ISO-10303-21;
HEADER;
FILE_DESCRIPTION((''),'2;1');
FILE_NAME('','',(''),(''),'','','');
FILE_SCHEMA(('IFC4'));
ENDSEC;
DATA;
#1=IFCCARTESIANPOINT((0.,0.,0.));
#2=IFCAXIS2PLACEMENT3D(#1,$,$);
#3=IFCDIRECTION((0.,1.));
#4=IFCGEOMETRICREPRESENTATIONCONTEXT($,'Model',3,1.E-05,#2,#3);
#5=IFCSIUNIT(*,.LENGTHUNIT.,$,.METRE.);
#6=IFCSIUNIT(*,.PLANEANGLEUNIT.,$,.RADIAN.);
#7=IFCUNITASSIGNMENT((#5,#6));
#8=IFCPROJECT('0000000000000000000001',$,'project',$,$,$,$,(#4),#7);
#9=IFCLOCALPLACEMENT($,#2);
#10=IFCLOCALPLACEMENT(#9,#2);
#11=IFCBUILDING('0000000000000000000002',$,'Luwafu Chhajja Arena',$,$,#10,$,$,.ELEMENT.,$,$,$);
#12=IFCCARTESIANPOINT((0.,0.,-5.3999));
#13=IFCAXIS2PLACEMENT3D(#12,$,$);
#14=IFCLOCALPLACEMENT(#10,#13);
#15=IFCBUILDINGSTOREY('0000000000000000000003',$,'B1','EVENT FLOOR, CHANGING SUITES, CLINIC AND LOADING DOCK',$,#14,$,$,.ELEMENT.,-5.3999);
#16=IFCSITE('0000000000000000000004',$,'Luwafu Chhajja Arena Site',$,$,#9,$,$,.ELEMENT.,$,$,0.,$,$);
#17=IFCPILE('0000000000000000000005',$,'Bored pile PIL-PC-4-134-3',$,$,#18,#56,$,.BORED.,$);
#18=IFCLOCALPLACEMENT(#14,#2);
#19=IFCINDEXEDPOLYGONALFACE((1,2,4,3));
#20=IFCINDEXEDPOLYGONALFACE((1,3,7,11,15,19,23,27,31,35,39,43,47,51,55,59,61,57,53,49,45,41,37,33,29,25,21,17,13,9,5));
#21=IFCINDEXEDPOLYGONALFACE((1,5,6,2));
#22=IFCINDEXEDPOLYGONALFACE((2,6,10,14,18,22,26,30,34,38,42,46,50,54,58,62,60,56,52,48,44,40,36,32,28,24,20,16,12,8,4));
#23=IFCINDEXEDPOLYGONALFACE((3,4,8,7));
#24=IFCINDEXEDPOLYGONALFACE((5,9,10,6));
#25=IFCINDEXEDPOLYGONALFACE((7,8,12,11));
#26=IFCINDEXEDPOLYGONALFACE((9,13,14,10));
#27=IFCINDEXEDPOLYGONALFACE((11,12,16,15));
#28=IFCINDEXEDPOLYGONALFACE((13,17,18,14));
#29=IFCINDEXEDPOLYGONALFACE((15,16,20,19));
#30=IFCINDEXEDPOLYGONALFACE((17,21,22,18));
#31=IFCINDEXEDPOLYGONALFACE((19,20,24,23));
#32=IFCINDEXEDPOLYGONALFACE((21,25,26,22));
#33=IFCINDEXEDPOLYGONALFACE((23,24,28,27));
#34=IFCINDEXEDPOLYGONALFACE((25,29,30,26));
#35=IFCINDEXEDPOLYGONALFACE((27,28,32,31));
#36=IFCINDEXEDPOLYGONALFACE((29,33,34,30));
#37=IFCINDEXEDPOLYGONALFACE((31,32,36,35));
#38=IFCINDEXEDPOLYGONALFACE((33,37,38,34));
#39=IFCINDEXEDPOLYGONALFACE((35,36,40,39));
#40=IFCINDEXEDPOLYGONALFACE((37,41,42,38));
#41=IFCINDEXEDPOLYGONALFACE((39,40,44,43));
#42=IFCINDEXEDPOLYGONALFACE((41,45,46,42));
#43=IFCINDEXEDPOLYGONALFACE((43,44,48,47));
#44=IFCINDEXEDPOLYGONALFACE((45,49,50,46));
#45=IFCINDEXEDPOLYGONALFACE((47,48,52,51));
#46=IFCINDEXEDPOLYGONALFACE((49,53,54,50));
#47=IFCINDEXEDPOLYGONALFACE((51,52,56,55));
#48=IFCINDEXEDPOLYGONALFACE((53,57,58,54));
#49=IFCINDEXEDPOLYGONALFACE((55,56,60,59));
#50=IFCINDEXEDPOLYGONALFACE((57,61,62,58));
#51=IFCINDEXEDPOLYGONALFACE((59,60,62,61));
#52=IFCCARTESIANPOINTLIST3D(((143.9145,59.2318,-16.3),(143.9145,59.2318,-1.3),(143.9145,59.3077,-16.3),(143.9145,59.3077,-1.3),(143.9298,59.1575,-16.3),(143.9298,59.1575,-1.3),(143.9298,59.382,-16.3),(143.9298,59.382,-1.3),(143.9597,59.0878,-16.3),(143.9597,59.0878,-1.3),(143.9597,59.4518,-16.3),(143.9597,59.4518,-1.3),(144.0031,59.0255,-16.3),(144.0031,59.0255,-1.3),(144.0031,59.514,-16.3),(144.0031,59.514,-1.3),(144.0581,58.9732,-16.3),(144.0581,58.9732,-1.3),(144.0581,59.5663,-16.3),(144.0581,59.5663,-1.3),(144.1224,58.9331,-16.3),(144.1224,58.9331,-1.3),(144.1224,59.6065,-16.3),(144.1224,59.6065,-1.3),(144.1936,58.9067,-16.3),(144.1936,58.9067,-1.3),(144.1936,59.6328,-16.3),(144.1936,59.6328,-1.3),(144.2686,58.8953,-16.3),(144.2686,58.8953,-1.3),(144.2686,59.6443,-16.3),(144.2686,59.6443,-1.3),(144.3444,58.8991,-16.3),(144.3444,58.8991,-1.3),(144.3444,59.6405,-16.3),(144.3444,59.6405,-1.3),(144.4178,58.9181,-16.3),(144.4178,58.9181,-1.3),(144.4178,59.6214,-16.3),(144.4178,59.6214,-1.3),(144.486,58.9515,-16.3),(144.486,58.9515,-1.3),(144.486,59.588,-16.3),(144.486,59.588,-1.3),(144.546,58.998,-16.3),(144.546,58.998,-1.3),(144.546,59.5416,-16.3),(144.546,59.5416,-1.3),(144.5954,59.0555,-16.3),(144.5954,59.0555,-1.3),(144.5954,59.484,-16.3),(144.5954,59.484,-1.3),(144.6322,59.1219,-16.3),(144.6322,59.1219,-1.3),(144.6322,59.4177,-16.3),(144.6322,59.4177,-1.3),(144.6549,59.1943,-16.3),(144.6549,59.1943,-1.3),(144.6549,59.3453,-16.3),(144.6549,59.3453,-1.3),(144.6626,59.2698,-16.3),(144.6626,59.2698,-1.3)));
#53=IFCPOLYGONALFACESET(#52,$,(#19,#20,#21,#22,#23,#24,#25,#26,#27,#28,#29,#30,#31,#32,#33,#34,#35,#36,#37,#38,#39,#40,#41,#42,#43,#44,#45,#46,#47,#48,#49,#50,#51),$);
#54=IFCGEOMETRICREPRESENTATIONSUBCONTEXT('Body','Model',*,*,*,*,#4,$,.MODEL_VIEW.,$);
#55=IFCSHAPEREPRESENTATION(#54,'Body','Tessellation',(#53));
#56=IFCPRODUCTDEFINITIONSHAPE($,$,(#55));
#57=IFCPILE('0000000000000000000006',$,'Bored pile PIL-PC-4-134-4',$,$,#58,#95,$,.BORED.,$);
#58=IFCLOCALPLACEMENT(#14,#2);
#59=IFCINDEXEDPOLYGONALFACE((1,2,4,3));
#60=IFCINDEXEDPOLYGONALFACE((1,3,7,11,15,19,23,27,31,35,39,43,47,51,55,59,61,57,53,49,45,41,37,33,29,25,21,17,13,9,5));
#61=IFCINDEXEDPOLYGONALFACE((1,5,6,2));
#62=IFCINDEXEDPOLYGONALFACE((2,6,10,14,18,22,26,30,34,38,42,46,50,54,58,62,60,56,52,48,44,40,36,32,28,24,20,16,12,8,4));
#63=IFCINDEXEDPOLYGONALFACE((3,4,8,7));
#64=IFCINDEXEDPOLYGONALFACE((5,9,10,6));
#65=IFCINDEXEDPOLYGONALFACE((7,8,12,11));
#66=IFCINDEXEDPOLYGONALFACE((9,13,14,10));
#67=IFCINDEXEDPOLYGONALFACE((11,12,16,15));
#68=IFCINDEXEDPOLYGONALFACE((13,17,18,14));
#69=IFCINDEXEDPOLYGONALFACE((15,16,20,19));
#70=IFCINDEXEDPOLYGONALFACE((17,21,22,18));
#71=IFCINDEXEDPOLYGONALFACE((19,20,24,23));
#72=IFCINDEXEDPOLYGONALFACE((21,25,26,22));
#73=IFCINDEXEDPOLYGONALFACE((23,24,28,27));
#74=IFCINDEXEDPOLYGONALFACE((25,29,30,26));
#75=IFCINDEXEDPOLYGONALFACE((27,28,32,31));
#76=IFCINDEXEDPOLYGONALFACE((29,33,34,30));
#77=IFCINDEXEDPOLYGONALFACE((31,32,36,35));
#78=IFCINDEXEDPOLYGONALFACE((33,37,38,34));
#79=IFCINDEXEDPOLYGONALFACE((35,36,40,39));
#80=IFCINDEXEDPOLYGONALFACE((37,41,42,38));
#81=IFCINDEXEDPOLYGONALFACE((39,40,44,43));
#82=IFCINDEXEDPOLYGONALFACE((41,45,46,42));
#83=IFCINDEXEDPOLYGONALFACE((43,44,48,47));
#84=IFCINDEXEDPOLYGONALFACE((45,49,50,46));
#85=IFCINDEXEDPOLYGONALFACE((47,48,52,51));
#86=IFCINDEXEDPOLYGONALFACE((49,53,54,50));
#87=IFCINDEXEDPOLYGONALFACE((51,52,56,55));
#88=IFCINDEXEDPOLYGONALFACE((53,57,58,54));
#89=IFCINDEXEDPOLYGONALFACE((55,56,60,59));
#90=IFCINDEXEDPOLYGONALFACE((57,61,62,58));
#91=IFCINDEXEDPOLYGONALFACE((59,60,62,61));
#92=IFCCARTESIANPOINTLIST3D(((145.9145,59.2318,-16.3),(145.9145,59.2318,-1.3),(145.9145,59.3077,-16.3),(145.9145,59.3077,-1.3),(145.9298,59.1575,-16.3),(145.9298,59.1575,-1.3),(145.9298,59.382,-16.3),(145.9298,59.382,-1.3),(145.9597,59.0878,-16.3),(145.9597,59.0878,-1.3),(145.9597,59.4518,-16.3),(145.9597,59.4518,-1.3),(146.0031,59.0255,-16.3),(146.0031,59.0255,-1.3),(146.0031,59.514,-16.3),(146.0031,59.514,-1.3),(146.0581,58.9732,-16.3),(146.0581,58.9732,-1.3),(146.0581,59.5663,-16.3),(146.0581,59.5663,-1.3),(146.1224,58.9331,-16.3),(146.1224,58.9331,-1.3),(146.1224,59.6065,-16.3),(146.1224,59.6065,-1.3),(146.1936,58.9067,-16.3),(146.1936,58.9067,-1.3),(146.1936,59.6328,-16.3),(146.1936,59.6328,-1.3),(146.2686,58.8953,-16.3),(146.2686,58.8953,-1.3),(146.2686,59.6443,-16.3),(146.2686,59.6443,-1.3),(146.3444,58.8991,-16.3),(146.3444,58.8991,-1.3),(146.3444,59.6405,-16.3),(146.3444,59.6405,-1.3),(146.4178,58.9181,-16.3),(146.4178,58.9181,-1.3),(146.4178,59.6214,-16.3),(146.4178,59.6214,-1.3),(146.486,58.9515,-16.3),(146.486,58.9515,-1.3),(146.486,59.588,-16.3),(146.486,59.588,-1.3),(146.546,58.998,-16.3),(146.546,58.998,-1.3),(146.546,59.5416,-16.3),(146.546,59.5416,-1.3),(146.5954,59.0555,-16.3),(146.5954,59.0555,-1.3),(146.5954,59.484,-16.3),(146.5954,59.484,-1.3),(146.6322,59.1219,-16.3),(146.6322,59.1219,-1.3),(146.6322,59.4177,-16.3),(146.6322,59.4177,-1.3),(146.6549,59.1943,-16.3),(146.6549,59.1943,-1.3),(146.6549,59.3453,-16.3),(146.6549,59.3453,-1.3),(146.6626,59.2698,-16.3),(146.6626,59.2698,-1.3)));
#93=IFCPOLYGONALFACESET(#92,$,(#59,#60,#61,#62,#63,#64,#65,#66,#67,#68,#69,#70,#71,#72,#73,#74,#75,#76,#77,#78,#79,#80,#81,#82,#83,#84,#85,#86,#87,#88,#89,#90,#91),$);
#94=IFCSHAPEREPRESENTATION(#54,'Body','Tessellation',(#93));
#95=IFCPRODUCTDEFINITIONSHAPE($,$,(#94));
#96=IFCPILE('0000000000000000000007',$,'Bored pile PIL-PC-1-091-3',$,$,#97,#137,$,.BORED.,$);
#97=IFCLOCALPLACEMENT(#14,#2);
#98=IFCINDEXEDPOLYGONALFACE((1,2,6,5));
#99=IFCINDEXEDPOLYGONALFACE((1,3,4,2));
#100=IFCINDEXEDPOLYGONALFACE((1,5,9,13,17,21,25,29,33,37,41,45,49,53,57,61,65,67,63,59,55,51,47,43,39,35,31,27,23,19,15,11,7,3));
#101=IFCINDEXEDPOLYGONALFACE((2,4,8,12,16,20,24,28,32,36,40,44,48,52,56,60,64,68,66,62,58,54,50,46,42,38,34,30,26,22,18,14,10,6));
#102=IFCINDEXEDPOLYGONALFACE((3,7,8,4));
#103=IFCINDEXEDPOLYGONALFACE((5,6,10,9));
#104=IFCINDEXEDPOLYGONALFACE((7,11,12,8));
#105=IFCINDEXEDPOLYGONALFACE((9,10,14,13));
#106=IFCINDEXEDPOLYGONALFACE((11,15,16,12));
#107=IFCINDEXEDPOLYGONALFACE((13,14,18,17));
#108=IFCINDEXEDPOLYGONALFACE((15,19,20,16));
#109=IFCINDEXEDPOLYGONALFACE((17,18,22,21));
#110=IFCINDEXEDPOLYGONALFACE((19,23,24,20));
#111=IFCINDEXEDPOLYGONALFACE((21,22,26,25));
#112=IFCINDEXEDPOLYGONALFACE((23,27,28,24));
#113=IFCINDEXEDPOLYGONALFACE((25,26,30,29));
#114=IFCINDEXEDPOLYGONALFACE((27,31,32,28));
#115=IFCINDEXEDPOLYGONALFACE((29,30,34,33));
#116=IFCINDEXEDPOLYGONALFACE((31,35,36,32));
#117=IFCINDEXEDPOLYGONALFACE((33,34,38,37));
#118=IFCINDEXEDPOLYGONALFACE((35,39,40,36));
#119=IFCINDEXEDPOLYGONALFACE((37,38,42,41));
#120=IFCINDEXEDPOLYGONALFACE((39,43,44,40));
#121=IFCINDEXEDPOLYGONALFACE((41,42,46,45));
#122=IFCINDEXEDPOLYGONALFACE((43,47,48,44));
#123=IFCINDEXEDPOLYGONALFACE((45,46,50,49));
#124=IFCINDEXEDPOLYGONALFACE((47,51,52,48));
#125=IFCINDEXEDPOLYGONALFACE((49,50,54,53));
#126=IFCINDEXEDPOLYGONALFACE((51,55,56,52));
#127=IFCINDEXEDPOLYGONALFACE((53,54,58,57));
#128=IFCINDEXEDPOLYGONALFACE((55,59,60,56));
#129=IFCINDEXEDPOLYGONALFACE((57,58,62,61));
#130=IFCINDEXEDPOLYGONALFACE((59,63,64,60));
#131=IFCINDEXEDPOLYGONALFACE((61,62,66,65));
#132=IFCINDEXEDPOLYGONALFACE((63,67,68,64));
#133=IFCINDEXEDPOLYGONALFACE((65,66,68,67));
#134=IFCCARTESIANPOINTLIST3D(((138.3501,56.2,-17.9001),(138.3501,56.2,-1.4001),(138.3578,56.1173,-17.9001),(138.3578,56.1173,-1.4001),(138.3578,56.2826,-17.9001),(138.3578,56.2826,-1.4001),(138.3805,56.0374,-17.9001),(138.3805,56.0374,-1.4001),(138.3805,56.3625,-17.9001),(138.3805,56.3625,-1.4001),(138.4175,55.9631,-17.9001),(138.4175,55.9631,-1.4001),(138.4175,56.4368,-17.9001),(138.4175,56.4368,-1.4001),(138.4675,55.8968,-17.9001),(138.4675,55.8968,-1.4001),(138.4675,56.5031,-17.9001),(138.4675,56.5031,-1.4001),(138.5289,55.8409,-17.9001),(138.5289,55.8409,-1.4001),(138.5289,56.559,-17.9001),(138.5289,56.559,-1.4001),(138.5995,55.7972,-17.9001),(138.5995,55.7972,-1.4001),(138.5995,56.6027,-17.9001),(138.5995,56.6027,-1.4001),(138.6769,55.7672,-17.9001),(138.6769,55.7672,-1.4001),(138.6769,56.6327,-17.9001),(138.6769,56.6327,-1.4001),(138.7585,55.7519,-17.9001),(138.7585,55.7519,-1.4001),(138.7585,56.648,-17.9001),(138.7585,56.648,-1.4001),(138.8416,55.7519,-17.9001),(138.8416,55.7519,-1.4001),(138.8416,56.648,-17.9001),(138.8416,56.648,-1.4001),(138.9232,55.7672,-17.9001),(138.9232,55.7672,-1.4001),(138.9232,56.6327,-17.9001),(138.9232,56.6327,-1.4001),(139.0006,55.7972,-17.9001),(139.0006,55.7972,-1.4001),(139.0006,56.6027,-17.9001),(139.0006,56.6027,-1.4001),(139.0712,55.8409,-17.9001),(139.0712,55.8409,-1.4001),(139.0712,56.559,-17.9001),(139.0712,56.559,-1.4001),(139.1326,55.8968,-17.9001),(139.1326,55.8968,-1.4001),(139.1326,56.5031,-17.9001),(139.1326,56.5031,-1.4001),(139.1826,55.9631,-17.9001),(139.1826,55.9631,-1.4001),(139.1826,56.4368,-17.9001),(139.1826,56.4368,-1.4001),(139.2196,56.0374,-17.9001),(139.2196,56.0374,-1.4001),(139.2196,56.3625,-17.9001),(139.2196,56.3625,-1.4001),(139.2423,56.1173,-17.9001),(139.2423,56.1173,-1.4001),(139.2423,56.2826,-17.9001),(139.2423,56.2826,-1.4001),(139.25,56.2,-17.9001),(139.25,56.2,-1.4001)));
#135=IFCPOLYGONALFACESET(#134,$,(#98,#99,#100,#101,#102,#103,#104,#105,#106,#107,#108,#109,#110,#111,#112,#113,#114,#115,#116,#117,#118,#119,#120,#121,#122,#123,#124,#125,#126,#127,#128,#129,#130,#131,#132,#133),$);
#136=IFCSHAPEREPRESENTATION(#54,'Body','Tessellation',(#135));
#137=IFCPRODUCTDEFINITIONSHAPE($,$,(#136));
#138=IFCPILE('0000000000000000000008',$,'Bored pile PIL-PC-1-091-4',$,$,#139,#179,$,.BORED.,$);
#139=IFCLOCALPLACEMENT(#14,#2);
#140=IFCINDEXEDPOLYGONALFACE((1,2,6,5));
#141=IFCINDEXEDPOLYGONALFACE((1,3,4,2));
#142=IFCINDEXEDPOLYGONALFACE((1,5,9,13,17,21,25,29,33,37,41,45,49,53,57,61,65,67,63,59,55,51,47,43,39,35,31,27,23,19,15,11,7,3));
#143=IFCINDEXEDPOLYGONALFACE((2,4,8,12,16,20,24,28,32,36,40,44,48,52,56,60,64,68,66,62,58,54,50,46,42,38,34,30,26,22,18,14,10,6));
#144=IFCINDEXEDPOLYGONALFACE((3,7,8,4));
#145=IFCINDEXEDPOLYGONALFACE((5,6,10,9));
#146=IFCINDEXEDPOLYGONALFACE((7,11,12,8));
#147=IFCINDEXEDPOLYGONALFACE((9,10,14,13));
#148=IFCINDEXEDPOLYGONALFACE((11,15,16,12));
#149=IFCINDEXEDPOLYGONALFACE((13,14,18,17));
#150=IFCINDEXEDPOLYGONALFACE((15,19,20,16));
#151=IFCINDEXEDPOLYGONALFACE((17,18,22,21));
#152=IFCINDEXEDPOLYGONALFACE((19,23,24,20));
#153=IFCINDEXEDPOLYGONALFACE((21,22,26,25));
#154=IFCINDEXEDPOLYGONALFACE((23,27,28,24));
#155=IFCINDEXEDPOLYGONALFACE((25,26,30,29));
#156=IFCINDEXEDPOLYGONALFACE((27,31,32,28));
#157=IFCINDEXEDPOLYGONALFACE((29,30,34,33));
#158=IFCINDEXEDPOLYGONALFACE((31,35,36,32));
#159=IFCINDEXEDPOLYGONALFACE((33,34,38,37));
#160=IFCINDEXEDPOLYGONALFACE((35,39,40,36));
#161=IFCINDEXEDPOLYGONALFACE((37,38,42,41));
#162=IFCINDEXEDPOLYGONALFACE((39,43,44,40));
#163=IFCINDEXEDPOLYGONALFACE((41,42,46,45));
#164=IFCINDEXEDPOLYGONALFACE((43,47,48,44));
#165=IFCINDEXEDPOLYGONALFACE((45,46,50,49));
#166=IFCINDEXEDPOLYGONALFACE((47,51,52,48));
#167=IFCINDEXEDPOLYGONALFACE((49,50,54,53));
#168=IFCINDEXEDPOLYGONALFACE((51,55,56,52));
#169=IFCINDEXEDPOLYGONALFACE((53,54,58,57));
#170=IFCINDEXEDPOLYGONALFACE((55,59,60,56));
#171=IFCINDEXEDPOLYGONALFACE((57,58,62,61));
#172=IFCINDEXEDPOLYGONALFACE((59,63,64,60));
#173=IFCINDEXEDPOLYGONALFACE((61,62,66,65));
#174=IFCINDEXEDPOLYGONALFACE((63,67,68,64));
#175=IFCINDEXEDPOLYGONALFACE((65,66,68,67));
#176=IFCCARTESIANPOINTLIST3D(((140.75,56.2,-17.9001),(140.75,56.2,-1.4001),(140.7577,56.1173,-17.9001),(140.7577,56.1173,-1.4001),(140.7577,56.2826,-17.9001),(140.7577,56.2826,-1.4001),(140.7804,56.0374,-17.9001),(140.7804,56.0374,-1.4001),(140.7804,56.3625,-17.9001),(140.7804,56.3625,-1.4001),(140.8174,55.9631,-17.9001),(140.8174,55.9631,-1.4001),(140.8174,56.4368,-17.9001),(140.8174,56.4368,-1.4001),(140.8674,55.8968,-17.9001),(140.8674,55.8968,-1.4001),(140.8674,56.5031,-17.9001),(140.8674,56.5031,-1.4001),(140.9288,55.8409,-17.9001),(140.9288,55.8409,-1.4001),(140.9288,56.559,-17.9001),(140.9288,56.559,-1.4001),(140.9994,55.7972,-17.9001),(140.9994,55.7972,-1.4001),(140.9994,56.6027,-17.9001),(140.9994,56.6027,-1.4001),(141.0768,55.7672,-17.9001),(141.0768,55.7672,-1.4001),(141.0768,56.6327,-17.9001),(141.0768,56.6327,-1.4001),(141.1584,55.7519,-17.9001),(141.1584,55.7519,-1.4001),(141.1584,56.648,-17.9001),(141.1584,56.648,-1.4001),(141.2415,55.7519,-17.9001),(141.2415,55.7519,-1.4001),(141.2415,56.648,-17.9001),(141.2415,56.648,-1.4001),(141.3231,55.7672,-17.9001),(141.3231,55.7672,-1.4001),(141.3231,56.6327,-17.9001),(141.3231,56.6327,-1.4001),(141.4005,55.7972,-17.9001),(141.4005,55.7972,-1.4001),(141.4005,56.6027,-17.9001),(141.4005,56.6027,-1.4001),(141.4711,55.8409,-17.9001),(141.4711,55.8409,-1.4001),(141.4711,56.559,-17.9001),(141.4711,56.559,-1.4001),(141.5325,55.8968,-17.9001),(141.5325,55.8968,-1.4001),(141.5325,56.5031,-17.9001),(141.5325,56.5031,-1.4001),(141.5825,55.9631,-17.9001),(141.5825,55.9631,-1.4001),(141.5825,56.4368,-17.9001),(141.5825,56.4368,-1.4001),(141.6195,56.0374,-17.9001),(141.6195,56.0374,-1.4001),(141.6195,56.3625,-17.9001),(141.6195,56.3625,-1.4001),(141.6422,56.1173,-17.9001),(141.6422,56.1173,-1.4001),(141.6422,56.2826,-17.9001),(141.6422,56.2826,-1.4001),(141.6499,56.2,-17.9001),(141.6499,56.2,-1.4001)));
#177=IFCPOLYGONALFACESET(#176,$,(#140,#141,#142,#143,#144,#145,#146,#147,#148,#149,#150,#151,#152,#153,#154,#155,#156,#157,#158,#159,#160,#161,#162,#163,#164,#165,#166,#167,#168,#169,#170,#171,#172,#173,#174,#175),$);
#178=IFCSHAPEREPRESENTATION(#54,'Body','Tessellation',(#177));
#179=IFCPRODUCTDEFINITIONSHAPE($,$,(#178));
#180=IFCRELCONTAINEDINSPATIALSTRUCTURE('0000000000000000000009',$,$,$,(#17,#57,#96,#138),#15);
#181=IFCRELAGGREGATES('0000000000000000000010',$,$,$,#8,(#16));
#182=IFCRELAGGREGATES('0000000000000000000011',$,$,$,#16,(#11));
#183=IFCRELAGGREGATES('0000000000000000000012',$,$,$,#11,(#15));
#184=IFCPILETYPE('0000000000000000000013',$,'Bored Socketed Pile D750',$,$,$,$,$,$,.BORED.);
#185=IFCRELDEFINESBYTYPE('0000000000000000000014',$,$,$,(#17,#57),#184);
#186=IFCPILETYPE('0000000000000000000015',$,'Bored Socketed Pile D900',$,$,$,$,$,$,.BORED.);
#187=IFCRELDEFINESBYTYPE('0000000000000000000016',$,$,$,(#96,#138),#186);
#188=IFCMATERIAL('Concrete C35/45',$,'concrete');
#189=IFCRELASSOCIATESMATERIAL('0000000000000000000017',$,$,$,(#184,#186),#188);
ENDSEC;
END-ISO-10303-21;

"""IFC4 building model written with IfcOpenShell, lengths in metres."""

from ifc_helpers import new_model, si_unit, direction, frame, origin, origin_2d, place, context, subcontext, project, spatial, circle, extrude, material, material_profile, profile_set, type_object, element, save


model = new_model("IFC4")

# Units and contexts
model_context = context("Model", 3, precision=1e-05, world=origin(), true_north=direction((0.0, 1.0)))
body_context = subcontext(model_context, "Body", "Model", "MODEL_VIEW")
ifc_project = project(units=[si_unit("LENGTHUNIT", "METRE"), si_unit("PLANEANGLEUNIT", "RADIAN")], contexts=[model_context])

# Site, building, storey
site_placement = place(None, origin())
site = spatial("IfcSite", under=ifc_project, at=site_placement, Name="Luwafu Chhajja Arena Site", CompositionType="ELEMENT", RefElevation=0.0)
building_placement = place(site_placement, origin())
building = spatial("IfcBuilding", under=site, at=building_placement, Name="Luwafu Chhajja Arena", CompositionType="ELEMENT")
storey_placement = place(building_placement, frame((0.0, 0.0, -5.3999)))
storey = spatial("IfcBuildingStorey", under=building, at=storey_placement, Name="B1", Description="EVENT FLOOR, CHANGING SUITES, CLINIC AND LOADING DOCK", CompositionType="ELEMENT", Elevation=-5.3999)

# Shared definitions
ifc_material_1 = material(Name="Concrete C35/45", Category="concrete")

# Piles
ifc_material_profile_1 = material_profile(ifc_material_1, circle(Radius=0.375, at=origin_2d()), Name="PILE D750")
ifc_profile_set_1 = profile_set([ifc_material_profile_1], Name="Concrete C35/45")
pile_type_1 = type_object("IfcPileType", Name="Bored Socketed Pile D750", PredefinedType="BORED", material=ifc_profile_set_1)
for number, where, z_axis, x_axis, name in (
    (1, (144.2876, 59.2698, -1.3), (0.0, 0.0, -1.0), (1.0, 0.0, 0.0), "Bored pile PIL-PC-4-134-3"),
    (2, (146.2876, 59.2698, -1.3), (0.0, 0.0, -1.0), (1.0, 0.0, 0.0), "Bored pile PIL-PC-4-134-4"),
):
    element("IfcPile", number, at=place(storey_placement, frame(where, z_axis=z_axis, x_axis=x_axis)), inside=storey, type_object=pile_type_1, Name=name, PredefinedType="BORED", context=body_context, shape_type="SweptSolid", body=[
        extrude(circle(Radius=0.375, at=origin_2d()), origin(), (0.0, 0.0, 1.0), 15.0),
    ])
ifc_material_profile_2 = material_profile(ifc_material_1, circle(Radius=0.45, at=origin_2d()), Name="PILE D900")
ifc_profile_set_2 = profile_set([ifc_material_profile_2], Name="Concrete C35/45")
pile_type_2 = type_object("IfcPileType", Name="Bored Socketed Pile D900", PredefinedType="BORED", material=ifc_profile_set_2)
for number, where, z_axis, x_axis, name in (
    (3, (138.8, 56.2, -1.4001), (0.0, 0.0, -1.0), (1.0, 0.0, 0.0), "Bored pile PIL-PC-1-091-3"),
    (4, (141.2, 56.2, -1.4001), (0.0, 0.0, -1.0), (1.0, 0.0, 0.0), "Bored pile PIL-PC-1-091-4"),
):
    element("IfcPile", number, at=place(storey_placement, frame(where, z_axis=z_axis, x_axis=x_axis)), inside=storey, type_object=pile_type_2, Name=name, PredefinedType="BORED", context=body_context, shape_type="SweptSolid", body=[
        extrude(circle(Radius=0.45, at=origin_2d()), origin(), (0.0, 0.0, 1.0), 16.5),
    ])

save(model, "model.ifc")
